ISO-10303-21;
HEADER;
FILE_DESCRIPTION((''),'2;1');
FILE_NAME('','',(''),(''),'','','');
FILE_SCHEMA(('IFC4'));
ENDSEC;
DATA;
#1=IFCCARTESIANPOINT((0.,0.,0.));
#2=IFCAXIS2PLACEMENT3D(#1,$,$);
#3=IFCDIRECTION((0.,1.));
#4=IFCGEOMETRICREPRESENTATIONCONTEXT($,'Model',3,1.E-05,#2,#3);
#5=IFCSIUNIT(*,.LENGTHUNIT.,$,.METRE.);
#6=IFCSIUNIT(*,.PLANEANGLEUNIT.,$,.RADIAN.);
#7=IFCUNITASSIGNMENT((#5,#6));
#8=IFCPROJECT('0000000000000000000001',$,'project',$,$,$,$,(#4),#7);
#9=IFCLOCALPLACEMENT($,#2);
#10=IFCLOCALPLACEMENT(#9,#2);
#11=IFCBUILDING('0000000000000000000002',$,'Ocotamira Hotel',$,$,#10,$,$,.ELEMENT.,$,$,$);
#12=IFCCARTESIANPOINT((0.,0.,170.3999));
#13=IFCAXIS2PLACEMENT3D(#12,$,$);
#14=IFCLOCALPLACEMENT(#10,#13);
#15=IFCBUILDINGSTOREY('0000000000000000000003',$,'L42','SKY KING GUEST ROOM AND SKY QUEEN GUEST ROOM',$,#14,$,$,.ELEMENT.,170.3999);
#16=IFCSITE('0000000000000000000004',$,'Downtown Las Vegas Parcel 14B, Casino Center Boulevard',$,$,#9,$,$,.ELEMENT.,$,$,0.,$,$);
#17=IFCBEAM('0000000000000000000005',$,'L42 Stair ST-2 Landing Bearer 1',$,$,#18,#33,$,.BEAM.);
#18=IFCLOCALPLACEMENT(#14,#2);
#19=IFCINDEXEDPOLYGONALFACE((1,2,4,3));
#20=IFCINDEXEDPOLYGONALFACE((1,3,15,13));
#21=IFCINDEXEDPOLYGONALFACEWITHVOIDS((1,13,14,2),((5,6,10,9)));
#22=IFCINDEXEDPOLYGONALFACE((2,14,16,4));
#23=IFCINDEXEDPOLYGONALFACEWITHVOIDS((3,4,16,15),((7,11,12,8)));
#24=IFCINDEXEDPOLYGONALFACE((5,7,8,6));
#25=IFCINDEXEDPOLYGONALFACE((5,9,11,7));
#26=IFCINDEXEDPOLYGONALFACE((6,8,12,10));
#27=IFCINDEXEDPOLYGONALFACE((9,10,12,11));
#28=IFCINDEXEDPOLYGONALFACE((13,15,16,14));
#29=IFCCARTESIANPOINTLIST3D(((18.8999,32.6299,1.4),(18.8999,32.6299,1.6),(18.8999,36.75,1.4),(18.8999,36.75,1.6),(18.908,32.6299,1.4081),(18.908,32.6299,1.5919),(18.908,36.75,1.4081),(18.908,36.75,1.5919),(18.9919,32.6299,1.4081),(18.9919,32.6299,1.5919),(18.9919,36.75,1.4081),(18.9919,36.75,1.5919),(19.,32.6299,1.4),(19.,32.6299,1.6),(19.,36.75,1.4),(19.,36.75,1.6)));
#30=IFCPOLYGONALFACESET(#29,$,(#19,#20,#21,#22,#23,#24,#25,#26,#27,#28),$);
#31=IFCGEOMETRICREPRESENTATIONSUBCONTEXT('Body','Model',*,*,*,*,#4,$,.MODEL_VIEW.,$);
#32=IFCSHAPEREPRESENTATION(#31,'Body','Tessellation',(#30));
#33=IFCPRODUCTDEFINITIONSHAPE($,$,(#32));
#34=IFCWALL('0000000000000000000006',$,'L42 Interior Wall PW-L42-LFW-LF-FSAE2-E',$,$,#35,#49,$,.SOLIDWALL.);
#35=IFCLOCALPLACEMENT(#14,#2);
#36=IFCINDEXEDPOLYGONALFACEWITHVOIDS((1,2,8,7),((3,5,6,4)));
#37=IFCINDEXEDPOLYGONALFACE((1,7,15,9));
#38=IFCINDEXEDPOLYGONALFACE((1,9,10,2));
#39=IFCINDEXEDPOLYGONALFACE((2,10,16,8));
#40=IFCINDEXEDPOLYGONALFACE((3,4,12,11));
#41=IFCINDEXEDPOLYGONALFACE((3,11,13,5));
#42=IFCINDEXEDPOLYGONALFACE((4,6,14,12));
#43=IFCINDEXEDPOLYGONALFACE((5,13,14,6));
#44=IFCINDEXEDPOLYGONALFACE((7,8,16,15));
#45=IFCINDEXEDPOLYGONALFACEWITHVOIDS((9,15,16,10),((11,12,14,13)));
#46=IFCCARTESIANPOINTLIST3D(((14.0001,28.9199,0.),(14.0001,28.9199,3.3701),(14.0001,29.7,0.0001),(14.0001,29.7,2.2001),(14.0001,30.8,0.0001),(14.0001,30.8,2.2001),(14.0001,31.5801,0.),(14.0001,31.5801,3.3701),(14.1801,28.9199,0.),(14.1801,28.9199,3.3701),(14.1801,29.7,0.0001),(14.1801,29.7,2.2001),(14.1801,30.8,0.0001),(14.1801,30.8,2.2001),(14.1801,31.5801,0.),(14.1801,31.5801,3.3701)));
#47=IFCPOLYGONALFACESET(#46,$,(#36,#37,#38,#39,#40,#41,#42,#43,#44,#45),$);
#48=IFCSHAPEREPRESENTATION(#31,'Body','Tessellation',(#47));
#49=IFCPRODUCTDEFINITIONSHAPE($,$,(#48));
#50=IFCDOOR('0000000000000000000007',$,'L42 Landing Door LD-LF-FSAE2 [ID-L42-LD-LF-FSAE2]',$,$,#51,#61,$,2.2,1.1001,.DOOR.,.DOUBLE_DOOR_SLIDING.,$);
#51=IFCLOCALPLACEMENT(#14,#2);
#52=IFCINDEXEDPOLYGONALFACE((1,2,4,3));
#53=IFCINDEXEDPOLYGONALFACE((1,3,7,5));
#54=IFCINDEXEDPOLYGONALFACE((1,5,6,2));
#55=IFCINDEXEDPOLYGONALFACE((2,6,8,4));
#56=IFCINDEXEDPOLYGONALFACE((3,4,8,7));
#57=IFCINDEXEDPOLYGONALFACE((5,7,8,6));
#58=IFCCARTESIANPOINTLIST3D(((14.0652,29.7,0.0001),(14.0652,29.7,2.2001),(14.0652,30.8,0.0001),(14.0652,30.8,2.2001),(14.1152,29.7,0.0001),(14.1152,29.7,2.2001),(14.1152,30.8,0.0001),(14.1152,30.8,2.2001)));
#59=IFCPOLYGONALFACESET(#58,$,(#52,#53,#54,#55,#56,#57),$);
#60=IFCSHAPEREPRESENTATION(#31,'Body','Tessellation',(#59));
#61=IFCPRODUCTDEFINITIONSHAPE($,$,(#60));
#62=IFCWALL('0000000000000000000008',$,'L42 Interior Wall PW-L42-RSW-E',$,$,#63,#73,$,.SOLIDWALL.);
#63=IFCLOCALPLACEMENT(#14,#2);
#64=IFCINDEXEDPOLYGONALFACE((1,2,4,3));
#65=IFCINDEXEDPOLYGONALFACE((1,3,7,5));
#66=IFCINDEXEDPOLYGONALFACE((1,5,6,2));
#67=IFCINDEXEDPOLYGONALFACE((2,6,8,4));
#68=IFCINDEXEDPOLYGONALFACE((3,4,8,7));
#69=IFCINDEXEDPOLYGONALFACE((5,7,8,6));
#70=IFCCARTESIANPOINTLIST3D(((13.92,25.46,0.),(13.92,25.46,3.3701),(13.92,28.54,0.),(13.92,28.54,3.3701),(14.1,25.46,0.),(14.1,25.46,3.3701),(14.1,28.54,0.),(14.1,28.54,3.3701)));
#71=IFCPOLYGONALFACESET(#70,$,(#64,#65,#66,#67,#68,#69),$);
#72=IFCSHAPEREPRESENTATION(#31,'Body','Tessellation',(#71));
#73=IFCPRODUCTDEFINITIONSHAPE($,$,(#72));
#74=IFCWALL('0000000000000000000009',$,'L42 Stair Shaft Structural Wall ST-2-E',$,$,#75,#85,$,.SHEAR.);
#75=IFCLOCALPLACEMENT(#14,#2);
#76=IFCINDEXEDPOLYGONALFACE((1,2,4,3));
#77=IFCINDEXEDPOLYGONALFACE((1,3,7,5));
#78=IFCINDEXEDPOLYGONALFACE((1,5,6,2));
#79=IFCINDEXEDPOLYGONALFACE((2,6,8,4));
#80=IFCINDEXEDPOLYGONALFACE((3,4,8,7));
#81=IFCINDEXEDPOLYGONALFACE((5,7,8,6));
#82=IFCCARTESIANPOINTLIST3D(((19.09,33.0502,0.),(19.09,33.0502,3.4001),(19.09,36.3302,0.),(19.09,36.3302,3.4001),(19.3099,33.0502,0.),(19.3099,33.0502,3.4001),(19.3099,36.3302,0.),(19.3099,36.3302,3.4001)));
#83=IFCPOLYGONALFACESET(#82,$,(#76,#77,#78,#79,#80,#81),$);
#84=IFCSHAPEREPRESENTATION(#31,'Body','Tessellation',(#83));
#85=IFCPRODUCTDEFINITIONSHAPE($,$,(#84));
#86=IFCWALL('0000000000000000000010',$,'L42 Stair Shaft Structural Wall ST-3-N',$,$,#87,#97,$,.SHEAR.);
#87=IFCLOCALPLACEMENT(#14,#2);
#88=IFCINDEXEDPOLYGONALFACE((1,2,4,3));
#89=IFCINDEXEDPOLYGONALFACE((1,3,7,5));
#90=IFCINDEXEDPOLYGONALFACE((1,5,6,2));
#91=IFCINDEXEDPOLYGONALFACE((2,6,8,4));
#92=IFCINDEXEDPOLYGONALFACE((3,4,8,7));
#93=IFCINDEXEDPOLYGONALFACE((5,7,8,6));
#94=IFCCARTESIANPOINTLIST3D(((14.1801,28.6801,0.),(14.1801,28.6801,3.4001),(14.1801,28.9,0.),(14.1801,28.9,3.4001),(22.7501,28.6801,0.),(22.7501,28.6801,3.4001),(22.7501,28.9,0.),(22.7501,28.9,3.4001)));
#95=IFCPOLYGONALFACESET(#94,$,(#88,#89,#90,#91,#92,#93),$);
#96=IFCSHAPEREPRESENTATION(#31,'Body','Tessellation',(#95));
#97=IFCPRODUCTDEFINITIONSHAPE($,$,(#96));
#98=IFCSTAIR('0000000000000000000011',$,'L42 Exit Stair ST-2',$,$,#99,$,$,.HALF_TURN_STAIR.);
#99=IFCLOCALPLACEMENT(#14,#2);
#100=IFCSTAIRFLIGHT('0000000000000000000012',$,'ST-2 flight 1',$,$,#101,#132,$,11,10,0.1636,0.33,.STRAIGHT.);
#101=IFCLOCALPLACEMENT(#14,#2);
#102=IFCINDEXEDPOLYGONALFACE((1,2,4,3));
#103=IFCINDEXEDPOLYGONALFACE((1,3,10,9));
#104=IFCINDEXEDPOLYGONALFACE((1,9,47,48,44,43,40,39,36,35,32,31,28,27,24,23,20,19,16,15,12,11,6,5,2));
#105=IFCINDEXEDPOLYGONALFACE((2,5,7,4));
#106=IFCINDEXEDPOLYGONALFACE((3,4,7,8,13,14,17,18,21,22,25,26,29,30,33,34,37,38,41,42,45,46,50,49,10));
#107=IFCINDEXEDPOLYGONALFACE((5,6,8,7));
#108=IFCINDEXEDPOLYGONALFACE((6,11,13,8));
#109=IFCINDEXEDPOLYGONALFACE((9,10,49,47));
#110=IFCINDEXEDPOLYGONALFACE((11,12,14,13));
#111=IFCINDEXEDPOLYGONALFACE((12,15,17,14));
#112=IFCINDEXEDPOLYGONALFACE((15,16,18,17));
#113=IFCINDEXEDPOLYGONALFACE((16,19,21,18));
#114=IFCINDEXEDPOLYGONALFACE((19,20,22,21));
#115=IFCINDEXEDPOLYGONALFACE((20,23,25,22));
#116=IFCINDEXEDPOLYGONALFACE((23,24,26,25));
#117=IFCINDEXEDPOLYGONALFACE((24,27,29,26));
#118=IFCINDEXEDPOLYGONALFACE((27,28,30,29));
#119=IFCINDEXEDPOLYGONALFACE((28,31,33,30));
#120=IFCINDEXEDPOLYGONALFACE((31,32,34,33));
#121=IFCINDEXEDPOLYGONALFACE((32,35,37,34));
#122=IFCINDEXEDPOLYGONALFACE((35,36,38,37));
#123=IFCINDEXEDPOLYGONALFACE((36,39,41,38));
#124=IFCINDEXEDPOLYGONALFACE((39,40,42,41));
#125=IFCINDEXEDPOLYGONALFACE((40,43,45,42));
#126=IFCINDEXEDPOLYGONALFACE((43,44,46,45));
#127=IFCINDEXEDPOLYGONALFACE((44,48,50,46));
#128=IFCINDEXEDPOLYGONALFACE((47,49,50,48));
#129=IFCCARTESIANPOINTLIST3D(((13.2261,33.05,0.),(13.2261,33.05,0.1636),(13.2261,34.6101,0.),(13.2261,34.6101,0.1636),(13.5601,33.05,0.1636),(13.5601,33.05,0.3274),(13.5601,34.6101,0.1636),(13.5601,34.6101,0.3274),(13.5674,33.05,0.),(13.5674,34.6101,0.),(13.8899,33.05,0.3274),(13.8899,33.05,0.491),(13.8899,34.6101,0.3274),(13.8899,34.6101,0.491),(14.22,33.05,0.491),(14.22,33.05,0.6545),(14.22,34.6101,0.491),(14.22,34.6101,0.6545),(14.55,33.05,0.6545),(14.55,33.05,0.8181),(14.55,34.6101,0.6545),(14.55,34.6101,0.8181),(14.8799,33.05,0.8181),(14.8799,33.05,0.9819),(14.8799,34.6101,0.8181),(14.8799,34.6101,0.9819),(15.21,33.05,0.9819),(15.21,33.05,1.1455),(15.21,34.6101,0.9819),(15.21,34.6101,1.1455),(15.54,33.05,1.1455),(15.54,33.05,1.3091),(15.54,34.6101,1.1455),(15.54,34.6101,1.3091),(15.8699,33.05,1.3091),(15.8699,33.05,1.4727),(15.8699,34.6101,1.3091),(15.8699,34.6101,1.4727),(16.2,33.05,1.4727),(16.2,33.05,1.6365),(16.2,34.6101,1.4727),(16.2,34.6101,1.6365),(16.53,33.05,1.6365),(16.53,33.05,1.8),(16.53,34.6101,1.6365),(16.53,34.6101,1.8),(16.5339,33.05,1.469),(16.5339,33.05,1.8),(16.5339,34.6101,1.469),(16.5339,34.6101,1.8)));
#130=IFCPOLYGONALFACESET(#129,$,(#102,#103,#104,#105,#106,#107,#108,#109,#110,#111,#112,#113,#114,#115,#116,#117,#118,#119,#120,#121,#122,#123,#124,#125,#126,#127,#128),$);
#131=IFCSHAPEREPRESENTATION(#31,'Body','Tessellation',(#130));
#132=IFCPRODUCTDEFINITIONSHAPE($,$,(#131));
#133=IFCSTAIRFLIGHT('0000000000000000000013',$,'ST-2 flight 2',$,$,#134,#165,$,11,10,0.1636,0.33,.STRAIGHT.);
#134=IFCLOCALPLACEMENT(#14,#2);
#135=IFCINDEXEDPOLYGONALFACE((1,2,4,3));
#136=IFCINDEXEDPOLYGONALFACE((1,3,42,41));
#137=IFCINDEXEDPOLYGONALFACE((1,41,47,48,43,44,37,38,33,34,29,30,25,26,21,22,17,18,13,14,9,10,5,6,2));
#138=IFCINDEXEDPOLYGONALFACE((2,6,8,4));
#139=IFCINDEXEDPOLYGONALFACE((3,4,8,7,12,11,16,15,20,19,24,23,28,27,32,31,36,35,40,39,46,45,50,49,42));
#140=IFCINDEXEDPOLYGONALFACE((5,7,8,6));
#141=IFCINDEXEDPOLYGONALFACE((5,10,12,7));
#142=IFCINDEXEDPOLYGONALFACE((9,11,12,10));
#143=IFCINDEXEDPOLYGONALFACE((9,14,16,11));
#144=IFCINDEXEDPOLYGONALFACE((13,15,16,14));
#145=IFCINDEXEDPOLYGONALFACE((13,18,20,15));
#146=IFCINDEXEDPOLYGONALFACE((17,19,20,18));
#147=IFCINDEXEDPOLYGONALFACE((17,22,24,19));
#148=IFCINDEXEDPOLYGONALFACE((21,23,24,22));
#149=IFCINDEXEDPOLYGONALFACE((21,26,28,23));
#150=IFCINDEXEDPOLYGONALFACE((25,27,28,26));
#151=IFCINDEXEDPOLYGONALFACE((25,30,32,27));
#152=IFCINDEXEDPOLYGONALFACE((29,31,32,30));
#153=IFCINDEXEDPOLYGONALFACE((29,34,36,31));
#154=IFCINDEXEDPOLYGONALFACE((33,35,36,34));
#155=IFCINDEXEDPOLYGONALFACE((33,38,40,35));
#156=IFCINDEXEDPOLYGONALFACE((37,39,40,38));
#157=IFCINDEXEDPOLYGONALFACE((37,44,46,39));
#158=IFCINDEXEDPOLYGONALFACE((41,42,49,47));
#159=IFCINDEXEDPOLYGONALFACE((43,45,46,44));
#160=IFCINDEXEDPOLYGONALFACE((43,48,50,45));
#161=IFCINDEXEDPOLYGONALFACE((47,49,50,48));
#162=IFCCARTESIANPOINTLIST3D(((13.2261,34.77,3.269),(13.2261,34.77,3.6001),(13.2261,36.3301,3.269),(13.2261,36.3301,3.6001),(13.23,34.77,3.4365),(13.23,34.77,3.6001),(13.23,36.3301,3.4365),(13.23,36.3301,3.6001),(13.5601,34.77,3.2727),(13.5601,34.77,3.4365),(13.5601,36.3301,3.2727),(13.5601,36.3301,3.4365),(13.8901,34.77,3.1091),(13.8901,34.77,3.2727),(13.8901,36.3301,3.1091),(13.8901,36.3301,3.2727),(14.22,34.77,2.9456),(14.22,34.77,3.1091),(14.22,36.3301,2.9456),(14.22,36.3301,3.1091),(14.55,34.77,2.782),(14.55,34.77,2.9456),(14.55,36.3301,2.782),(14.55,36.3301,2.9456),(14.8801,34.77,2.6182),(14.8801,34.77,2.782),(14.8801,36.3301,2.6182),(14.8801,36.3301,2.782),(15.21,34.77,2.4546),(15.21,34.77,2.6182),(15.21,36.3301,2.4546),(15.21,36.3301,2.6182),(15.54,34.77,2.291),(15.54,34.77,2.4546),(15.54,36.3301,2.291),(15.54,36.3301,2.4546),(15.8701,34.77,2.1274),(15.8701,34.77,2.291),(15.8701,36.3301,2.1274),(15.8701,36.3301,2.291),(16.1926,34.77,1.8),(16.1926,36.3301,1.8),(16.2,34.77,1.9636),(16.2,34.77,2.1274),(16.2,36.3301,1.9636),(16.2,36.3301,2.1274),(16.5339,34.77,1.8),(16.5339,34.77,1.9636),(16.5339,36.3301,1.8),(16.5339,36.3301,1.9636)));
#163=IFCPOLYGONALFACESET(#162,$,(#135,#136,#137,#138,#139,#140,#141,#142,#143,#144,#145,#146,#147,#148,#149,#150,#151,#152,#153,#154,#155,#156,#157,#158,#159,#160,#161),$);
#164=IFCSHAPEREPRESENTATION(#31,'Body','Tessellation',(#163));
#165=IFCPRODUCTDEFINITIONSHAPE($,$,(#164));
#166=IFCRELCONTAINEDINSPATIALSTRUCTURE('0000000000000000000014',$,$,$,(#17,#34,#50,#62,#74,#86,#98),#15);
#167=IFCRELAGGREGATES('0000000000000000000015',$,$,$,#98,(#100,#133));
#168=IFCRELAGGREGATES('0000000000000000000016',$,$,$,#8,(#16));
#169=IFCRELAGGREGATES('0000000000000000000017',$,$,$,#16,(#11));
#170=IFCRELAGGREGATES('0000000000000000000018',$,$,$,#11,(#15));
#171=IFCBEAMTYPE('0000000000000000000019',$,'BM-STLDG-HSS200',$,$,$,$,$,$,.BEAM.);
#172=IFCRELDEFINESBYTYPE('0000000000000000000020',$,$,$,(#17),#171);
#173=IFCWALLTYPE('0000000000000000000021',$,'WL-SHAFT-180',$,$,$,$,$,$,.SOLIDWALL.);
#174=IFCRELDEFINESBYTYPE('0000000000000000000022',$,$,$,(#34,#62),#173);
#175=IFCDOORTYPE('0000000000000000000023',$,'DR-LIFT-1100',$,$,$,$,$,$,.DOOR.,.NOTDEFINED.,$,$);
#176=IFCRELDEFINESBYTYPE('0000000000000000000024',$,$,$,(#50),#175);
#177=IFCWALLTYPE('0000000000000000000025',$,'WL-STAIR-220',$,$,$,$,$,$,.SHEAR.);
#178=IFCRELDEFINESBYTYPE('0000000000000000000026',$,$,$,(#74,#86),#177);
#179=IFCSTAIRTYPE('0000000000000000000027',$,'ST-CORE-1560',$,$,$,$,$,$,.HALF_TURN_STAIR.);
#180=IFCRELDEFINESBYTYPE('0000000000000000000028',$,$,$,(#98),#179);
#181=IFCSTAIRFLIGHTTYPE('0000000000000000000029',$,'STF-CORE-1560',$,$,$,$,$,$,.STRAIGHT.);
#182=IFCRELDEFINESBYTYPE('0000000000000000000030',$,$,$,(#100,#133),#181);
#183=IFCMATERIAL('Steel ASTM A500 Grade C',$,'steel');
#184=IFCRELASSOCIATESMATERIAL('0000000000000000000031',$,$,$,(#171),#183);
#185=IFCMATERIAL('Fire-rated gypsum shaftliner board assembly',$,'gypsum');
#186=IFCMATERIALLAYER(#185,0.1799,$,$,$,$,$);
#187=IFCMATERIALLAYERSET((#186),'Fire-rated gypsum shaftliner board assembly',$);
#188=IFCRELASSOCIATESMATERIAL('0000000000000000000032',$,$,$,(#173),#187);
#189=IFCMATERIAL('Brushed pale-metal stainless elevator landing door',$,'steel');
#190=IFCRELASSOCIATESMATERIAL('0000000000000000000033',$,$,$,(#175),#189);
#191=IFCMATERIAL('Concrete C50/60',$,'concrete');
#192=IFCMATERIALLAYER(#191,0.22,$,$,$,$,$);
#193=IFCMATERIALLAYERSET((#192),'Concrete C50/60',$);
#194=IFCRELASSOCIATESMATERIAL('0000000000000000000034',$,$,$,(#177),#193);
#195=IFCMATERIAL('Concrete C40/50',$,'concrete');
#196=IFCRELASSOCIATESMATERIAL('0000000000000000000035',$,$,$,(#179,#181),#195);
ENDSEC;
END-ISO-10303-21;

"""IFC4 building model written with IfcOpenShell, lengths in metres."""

from ifc_helpers import new_model, si_unit, direction, frame, frame_2d, origin, origin_2d, place, context, subcontext, project, spatial, polyline, rectangle, hollow_rectangle, outline, extrude, source, transform, mapped, material, layer, layer_set, material_profile, profile_set, type_object, element, fill, aggregate, save


model = new_model("IFC4")

# Units and contexts
model_context = context("Model", 3, precision=1e-05, world=origin(), true_north=direction((0.0, 1.0)))
body_context = subcontext(model_context, "Body", "Model", "MODEL_VIEW")
ifc_project = project(units=[si_unit("LENGTHUNIT", "METRE"), si_unit("PLANEANGLEUNIT", "RADIAN")], contexts=[model_context])

# Site, building, storey
site_placement = place(None, origin())
site = spatial("IfcSite", under=ifc_project, at=site_placement, Name="Downtown Las Vegas Parcel 14B, Casino Center Boulevard", CompositionType="ELEMENT", RefElevation=0.0)
building_placement = place(site_placement, origin())
building = spatial("IfcBuilding", under=site, at=building_placement, Name="Ocotamira Hotel", CompositionType="ELEMENT")
storey_placement = place(building_placement, frame((0.0, 0.0, 170.3999)))
storey = spatial("IfcBuildingStorey", under=building, at=storey_placement, Name="L42", Description="SKY KING GUEST ROOM AND SKY QUEEN GUEST ROOM", CompositionType="ELEMENT", Elevation=170.3999)

# Beam
ifc_material_1 = material(Name="Steel ASTM A500 Grade C", Category="steel")
ifc_material_profile = material_profile(ifc_material_1, hollow_rectangle(XDim=0.1001, YDim=0.2, WallThickness=0.0081, at=origin_2d()), Name="HSS200X100X8")
ifc_profile_set = profile_set([ifc_material_profile], Name="Steel ASTM A500 Grade C")
beam_type = type_object("IfcBeamType", Name="BM-STLDG-HSS200", PredefinedType="BEAM", material=ifc_profile_set)
shared_shape_1 = source(origin(), body_context, "Body", "SweptSolid", [
    extrude(hollow_rectangle(XDim=0.1001, YDim=0.2, WallThickness=0.0081, at=origin_2d()), origin(), (0.0, 0.0, 1.0), 4.1201),
])
beam_placement = place(storey_placement, frame((18.95, 32.6299, 1.5), z_axis=(0.0, 1.0, 0.0), x_axis=(-1.0, 0.0, 0.0)))
element("IfcBeam", 1, at=beam_placement, inside=storey, type_object=beam_type, Name="L42 Stair ST-2 Landing Bearer 1", PredefinedType="BEAM", context=body_context, shape_type="MappedRepresentation", body=[
    mapped(shared_shape_1, transform((0.0, 0.0, 0.0), scale=1.0)),
])

# Wall, opening, door
ifc_material_2 = material(Name="Fire-rated gypsum shaftliner board assembly", Category="gypsum")
ifc_layer_1 = layer(ifc_material_2, 0.1799)
ifc_layer_set_1 = layer_set([ifc_layer_1], Name="Fire-rated gypsum shaftliner board assembly")
wall_type_1 = type_object("IfcWallType", Name="WL-SHAFT-180", PredefinedType="SOLIDWALL", material=ifc_layer_set_1)
wall_1_placement = place(storey_placement, frame((14.0901, 28.9199, 0.0), z_axis=(0.0, 0.0, 1.0), x_axis=(0.0, 1.0, 0.0)))
wall_1 = element("IfcWall", 2, at=wall_1_placement, inside=storey, type_object=wall_type_1, Name="L42 Interior Wall PW-L42-LFW-LF-FSAE2-E", PredefinedType="SOLIDWALL", context=body_context, shape_type="SweptSolid", body=[
    extrude(rectangle(XDim=2.6602, YDim=0.1799, at=frame_2d((1.3301, 0.0))), origin(), (0.0, 0.0, 1.0), 3.3701),
])
opening_1_placement = place(wall_1_placement, frame((0.78, 0.0, 0.0)))
opening_1 = element("IfcOpeningElement", 3, at=opening_1_placement, cuts=wall_1, PredefinedType="OPENING", context=body_context, shape_type="SweptSolid", body=[
    extrude(rectangle(XDim=1.1001, YDim=2.2, at=frame_2d((0.55, 1.1001))), frame((0.0, 0.1001, 0.0), z_axis=(0.0, -1.0, 0.0), x_axis=(1.0, 0.0, 0.0)), (0.0, 0.0, 1.0), 0.2),
])
ifc_material_3 = material(Name="Brushed pale-metal stainless elevator landing door", Category="steel")
door_type_1 = type_object("IfcDoorType", Name="DR-LIFT-1100", OperationType="NOTDEFINED", PredefinedType="DOOR", material=ifc_material_3)
shared_shape_2 = source(origin(), body_context, "Body", "SweptSolid", [
    extrude(rectangle(XDim=1.1001, YDim=2.2, at=frame_2d((0.55, 1.1001))), frame((0.0, 0.0249, 0.0), z_axis=(0.0, -1.0, 0.0), x_axis=(1.0, 0.0, 0.0)), (0.0, 0.0, 1.0), 0.05),
])
door_1_placement = place(opening_1_placement, origin())
door_1 = element("IfcDoor", 4, at=door_1_placement, inside=storey, type_object=door_type_1, Name="L42 Landing Door LD-LF-FSAE2 [ID-L42-LD-LF-FSAE2]", OperationType="DOUBLE_DOOR_SLIDING", OverallHeight=2.2, OverallWidth=1.1001, PredefinedType="DOOR", context=body_context, shape_type="MappedRepresentation", body=[
    mapped(shared_shape_2, transform((0.0, 0.0, 0.0), scale=1.0)),
])
fill(opening_1, door_1)

# Walls
wall_2_placement = place(storey_placement, frame((14.01, 25.46, 0.0), z_axis=(0.0, 0.0, 1.0), x_axis=(0.0, 1.0, 0.0)))
element("IfcWall", 5, at=wall_2_placement, inside=storey, type_object=wall_type_1, Name="L42 Interior Wall PW-L42-RSW-E", PredefinedType="SOLIDWALL", context=body_context, shape_type="SweptSolid", body=[
    extrude(rectangle(XDim=3.0801, YDim=0.1799, at=frame_2d((1.54, 0.0))), origin(), (0.0, 0.0, 1.0), 3.3701),
])
ifc_material_4 = material(Name="Concrete C50/60", Category="concrete")
ifc_layer_2 = layer(ifc_material_4, 0.22)
ifc_layer_set_2 = layer_set([ifc_layer_2], Name="Concrete C50/60")
wall_type_2 = type_object("IfcWallType", Name="WL-STAIR-220", PredefinedType="SHEAR", material=ifc_layer_set_2)
wall_3_placement = place(storey_placement, frame((19.2, 33.05, 0.0), z_axis=(0.0, 0.0, 1.0), x_axis=(0.0, 1.0, 0.0)))
element("IfcWall", 6, at=wall_3_placement, inside=storey, type_object=wall_type_2, Name="L42 Stair Shaft Structural Wall ST-2-E", PredefinedType="SHEAR", context=body_context, shape_type="SweptSolid", body=[
    extrude(rectangle(XDim=3.28, YDim=0.22, at=frame_2d((1.6401, 0.0))), origin(), (0.0, 0.0, 1.0), 3.4001),
])
wall_4_placement = place(storey_placement, frame((14.1799, 28.79, 0.0), z_axis=(0.0, 0.0, 1.0), x_axis=(1.0, 0.0, 0.0)))
element("IfcWall", 7, at=wall_4_placement, inside=storey, type_object=wall_type_2, Name="L42 Stair Shaft Structural Wall ST-3-N", PredefinedType="SHEAR", context=body_context, shape_type="SweptSolid", body=[
    extrude(rectangle(XDim=8.5701, YDim=0.22, at=frame_2d((4.2852, 0.0))), origin(), (0.0, 0.0, 1.0), 3.4001),
])

# Stair, stair flights
ifc_material_5 = material(Name="Concrete C40/50", Category="concrete")
stair_type = type_object("IfcStairType", Name="ST-CORE-1560", PredefinedType="HALF_TURN_STAIR", material=ifc_material_5)
stair_1_placement = place(storey_placement, origin())
stair_1 = element("IfcStair", 8, at=stair_1_placement, inside=storey, type_object=stair_type, Name="L42 Exit Stair ST-2", PredefinedType="HALF_TURN_STAIR")
stair_flight_type = type_object("IfcStairFlightType", Name="STF-CORE-1560", PredefinedType="STRAIGHT", material=ifc_material_5)
shared_shape_3 = source(origin(), body_context, "Body", "SweptSolid", [
    extrude(outline(polyline([(-0.0039, 0.0), (-0.0039, 0.1636), (0.3301, 0.1636), (0.3301, 0.3274), (0.6599, 0.3274), (0.6599, 0.491), (0.99, 0.491), (0.99, 0.6545), (1.3201, 0.6545), (1.3201, 0.8181), (1.6499, 0.8181), (1.6499, 0.9819), (1.98, 0.9819), (1.98, 1.1455), (2.3101, 1.1455), (2.3101, 1.3091), (2.6399, 1.3091), (2.6399, 1.4727), (2.97, 1.4727), (2.97, 1.6365), (3.3, 1.6365), (3.3, 1.8), (3.304, 1.8), (3.304, 1.469), (0.3374, 0.0), (-0.0039, 0.0)])), frame((0.0, 0.78, 0.0), z_axis=(0.0, -1.0, 0.0), x_axis=(1.0, 0.0, 0.0)), (0.0, 0.0, 1.0), 1.5601),
])
stair_flight_1_placement = place(storey_placement, frame((13.23, 33.8301, 0.0), z_axis=(0.0, 0.0, 1.0), x_axis=(1.0, 0.0, 0.0)))
stair_flight_1 = element("IfcStairFlight", 9, at=stair_flight_1_placement, type_object=stair_flight_type, Name="ST-2 flight 1", NumberOfRisers=11, NumberOfTreads=10, PredefinedType="STRAIGHT", RiserHeight=0.1636, TreadLength=0.33, context=body_context, shape_type="MappedRepresentation", body=[
    mapped(shared_shape_3, transform((0.0, 0.0, 0.0), scale=1.0)),
])
stair_flight_2_placement = place(storey_placement, frame((16.53, 35.55, 1.8), z_axis=(0.0, 0.0, 1.0), x_axis=(-1.0, 0.0, 0.0)))
stair_flight_2 = element("IfcStairFlight", 10, at=stair_flight_2_placement, type_object=stair_flight_type, Name="ST-2 flight 2", NumberOfRisers=11, NumberOfTreads=10, PredefinedType="STRAIGHT", RiserHeight=0.1636, TreadLength=0.33, context=body_context, shape_type="MappedRepresentation", body=[
    mapped(shared_shape_3, transform((0.0, 0.0, 0.0), scale=1.0)),
])
aggregate(stair_1, [stair_flight_1, stair_flight_2])

save(model, "model.ifc")
